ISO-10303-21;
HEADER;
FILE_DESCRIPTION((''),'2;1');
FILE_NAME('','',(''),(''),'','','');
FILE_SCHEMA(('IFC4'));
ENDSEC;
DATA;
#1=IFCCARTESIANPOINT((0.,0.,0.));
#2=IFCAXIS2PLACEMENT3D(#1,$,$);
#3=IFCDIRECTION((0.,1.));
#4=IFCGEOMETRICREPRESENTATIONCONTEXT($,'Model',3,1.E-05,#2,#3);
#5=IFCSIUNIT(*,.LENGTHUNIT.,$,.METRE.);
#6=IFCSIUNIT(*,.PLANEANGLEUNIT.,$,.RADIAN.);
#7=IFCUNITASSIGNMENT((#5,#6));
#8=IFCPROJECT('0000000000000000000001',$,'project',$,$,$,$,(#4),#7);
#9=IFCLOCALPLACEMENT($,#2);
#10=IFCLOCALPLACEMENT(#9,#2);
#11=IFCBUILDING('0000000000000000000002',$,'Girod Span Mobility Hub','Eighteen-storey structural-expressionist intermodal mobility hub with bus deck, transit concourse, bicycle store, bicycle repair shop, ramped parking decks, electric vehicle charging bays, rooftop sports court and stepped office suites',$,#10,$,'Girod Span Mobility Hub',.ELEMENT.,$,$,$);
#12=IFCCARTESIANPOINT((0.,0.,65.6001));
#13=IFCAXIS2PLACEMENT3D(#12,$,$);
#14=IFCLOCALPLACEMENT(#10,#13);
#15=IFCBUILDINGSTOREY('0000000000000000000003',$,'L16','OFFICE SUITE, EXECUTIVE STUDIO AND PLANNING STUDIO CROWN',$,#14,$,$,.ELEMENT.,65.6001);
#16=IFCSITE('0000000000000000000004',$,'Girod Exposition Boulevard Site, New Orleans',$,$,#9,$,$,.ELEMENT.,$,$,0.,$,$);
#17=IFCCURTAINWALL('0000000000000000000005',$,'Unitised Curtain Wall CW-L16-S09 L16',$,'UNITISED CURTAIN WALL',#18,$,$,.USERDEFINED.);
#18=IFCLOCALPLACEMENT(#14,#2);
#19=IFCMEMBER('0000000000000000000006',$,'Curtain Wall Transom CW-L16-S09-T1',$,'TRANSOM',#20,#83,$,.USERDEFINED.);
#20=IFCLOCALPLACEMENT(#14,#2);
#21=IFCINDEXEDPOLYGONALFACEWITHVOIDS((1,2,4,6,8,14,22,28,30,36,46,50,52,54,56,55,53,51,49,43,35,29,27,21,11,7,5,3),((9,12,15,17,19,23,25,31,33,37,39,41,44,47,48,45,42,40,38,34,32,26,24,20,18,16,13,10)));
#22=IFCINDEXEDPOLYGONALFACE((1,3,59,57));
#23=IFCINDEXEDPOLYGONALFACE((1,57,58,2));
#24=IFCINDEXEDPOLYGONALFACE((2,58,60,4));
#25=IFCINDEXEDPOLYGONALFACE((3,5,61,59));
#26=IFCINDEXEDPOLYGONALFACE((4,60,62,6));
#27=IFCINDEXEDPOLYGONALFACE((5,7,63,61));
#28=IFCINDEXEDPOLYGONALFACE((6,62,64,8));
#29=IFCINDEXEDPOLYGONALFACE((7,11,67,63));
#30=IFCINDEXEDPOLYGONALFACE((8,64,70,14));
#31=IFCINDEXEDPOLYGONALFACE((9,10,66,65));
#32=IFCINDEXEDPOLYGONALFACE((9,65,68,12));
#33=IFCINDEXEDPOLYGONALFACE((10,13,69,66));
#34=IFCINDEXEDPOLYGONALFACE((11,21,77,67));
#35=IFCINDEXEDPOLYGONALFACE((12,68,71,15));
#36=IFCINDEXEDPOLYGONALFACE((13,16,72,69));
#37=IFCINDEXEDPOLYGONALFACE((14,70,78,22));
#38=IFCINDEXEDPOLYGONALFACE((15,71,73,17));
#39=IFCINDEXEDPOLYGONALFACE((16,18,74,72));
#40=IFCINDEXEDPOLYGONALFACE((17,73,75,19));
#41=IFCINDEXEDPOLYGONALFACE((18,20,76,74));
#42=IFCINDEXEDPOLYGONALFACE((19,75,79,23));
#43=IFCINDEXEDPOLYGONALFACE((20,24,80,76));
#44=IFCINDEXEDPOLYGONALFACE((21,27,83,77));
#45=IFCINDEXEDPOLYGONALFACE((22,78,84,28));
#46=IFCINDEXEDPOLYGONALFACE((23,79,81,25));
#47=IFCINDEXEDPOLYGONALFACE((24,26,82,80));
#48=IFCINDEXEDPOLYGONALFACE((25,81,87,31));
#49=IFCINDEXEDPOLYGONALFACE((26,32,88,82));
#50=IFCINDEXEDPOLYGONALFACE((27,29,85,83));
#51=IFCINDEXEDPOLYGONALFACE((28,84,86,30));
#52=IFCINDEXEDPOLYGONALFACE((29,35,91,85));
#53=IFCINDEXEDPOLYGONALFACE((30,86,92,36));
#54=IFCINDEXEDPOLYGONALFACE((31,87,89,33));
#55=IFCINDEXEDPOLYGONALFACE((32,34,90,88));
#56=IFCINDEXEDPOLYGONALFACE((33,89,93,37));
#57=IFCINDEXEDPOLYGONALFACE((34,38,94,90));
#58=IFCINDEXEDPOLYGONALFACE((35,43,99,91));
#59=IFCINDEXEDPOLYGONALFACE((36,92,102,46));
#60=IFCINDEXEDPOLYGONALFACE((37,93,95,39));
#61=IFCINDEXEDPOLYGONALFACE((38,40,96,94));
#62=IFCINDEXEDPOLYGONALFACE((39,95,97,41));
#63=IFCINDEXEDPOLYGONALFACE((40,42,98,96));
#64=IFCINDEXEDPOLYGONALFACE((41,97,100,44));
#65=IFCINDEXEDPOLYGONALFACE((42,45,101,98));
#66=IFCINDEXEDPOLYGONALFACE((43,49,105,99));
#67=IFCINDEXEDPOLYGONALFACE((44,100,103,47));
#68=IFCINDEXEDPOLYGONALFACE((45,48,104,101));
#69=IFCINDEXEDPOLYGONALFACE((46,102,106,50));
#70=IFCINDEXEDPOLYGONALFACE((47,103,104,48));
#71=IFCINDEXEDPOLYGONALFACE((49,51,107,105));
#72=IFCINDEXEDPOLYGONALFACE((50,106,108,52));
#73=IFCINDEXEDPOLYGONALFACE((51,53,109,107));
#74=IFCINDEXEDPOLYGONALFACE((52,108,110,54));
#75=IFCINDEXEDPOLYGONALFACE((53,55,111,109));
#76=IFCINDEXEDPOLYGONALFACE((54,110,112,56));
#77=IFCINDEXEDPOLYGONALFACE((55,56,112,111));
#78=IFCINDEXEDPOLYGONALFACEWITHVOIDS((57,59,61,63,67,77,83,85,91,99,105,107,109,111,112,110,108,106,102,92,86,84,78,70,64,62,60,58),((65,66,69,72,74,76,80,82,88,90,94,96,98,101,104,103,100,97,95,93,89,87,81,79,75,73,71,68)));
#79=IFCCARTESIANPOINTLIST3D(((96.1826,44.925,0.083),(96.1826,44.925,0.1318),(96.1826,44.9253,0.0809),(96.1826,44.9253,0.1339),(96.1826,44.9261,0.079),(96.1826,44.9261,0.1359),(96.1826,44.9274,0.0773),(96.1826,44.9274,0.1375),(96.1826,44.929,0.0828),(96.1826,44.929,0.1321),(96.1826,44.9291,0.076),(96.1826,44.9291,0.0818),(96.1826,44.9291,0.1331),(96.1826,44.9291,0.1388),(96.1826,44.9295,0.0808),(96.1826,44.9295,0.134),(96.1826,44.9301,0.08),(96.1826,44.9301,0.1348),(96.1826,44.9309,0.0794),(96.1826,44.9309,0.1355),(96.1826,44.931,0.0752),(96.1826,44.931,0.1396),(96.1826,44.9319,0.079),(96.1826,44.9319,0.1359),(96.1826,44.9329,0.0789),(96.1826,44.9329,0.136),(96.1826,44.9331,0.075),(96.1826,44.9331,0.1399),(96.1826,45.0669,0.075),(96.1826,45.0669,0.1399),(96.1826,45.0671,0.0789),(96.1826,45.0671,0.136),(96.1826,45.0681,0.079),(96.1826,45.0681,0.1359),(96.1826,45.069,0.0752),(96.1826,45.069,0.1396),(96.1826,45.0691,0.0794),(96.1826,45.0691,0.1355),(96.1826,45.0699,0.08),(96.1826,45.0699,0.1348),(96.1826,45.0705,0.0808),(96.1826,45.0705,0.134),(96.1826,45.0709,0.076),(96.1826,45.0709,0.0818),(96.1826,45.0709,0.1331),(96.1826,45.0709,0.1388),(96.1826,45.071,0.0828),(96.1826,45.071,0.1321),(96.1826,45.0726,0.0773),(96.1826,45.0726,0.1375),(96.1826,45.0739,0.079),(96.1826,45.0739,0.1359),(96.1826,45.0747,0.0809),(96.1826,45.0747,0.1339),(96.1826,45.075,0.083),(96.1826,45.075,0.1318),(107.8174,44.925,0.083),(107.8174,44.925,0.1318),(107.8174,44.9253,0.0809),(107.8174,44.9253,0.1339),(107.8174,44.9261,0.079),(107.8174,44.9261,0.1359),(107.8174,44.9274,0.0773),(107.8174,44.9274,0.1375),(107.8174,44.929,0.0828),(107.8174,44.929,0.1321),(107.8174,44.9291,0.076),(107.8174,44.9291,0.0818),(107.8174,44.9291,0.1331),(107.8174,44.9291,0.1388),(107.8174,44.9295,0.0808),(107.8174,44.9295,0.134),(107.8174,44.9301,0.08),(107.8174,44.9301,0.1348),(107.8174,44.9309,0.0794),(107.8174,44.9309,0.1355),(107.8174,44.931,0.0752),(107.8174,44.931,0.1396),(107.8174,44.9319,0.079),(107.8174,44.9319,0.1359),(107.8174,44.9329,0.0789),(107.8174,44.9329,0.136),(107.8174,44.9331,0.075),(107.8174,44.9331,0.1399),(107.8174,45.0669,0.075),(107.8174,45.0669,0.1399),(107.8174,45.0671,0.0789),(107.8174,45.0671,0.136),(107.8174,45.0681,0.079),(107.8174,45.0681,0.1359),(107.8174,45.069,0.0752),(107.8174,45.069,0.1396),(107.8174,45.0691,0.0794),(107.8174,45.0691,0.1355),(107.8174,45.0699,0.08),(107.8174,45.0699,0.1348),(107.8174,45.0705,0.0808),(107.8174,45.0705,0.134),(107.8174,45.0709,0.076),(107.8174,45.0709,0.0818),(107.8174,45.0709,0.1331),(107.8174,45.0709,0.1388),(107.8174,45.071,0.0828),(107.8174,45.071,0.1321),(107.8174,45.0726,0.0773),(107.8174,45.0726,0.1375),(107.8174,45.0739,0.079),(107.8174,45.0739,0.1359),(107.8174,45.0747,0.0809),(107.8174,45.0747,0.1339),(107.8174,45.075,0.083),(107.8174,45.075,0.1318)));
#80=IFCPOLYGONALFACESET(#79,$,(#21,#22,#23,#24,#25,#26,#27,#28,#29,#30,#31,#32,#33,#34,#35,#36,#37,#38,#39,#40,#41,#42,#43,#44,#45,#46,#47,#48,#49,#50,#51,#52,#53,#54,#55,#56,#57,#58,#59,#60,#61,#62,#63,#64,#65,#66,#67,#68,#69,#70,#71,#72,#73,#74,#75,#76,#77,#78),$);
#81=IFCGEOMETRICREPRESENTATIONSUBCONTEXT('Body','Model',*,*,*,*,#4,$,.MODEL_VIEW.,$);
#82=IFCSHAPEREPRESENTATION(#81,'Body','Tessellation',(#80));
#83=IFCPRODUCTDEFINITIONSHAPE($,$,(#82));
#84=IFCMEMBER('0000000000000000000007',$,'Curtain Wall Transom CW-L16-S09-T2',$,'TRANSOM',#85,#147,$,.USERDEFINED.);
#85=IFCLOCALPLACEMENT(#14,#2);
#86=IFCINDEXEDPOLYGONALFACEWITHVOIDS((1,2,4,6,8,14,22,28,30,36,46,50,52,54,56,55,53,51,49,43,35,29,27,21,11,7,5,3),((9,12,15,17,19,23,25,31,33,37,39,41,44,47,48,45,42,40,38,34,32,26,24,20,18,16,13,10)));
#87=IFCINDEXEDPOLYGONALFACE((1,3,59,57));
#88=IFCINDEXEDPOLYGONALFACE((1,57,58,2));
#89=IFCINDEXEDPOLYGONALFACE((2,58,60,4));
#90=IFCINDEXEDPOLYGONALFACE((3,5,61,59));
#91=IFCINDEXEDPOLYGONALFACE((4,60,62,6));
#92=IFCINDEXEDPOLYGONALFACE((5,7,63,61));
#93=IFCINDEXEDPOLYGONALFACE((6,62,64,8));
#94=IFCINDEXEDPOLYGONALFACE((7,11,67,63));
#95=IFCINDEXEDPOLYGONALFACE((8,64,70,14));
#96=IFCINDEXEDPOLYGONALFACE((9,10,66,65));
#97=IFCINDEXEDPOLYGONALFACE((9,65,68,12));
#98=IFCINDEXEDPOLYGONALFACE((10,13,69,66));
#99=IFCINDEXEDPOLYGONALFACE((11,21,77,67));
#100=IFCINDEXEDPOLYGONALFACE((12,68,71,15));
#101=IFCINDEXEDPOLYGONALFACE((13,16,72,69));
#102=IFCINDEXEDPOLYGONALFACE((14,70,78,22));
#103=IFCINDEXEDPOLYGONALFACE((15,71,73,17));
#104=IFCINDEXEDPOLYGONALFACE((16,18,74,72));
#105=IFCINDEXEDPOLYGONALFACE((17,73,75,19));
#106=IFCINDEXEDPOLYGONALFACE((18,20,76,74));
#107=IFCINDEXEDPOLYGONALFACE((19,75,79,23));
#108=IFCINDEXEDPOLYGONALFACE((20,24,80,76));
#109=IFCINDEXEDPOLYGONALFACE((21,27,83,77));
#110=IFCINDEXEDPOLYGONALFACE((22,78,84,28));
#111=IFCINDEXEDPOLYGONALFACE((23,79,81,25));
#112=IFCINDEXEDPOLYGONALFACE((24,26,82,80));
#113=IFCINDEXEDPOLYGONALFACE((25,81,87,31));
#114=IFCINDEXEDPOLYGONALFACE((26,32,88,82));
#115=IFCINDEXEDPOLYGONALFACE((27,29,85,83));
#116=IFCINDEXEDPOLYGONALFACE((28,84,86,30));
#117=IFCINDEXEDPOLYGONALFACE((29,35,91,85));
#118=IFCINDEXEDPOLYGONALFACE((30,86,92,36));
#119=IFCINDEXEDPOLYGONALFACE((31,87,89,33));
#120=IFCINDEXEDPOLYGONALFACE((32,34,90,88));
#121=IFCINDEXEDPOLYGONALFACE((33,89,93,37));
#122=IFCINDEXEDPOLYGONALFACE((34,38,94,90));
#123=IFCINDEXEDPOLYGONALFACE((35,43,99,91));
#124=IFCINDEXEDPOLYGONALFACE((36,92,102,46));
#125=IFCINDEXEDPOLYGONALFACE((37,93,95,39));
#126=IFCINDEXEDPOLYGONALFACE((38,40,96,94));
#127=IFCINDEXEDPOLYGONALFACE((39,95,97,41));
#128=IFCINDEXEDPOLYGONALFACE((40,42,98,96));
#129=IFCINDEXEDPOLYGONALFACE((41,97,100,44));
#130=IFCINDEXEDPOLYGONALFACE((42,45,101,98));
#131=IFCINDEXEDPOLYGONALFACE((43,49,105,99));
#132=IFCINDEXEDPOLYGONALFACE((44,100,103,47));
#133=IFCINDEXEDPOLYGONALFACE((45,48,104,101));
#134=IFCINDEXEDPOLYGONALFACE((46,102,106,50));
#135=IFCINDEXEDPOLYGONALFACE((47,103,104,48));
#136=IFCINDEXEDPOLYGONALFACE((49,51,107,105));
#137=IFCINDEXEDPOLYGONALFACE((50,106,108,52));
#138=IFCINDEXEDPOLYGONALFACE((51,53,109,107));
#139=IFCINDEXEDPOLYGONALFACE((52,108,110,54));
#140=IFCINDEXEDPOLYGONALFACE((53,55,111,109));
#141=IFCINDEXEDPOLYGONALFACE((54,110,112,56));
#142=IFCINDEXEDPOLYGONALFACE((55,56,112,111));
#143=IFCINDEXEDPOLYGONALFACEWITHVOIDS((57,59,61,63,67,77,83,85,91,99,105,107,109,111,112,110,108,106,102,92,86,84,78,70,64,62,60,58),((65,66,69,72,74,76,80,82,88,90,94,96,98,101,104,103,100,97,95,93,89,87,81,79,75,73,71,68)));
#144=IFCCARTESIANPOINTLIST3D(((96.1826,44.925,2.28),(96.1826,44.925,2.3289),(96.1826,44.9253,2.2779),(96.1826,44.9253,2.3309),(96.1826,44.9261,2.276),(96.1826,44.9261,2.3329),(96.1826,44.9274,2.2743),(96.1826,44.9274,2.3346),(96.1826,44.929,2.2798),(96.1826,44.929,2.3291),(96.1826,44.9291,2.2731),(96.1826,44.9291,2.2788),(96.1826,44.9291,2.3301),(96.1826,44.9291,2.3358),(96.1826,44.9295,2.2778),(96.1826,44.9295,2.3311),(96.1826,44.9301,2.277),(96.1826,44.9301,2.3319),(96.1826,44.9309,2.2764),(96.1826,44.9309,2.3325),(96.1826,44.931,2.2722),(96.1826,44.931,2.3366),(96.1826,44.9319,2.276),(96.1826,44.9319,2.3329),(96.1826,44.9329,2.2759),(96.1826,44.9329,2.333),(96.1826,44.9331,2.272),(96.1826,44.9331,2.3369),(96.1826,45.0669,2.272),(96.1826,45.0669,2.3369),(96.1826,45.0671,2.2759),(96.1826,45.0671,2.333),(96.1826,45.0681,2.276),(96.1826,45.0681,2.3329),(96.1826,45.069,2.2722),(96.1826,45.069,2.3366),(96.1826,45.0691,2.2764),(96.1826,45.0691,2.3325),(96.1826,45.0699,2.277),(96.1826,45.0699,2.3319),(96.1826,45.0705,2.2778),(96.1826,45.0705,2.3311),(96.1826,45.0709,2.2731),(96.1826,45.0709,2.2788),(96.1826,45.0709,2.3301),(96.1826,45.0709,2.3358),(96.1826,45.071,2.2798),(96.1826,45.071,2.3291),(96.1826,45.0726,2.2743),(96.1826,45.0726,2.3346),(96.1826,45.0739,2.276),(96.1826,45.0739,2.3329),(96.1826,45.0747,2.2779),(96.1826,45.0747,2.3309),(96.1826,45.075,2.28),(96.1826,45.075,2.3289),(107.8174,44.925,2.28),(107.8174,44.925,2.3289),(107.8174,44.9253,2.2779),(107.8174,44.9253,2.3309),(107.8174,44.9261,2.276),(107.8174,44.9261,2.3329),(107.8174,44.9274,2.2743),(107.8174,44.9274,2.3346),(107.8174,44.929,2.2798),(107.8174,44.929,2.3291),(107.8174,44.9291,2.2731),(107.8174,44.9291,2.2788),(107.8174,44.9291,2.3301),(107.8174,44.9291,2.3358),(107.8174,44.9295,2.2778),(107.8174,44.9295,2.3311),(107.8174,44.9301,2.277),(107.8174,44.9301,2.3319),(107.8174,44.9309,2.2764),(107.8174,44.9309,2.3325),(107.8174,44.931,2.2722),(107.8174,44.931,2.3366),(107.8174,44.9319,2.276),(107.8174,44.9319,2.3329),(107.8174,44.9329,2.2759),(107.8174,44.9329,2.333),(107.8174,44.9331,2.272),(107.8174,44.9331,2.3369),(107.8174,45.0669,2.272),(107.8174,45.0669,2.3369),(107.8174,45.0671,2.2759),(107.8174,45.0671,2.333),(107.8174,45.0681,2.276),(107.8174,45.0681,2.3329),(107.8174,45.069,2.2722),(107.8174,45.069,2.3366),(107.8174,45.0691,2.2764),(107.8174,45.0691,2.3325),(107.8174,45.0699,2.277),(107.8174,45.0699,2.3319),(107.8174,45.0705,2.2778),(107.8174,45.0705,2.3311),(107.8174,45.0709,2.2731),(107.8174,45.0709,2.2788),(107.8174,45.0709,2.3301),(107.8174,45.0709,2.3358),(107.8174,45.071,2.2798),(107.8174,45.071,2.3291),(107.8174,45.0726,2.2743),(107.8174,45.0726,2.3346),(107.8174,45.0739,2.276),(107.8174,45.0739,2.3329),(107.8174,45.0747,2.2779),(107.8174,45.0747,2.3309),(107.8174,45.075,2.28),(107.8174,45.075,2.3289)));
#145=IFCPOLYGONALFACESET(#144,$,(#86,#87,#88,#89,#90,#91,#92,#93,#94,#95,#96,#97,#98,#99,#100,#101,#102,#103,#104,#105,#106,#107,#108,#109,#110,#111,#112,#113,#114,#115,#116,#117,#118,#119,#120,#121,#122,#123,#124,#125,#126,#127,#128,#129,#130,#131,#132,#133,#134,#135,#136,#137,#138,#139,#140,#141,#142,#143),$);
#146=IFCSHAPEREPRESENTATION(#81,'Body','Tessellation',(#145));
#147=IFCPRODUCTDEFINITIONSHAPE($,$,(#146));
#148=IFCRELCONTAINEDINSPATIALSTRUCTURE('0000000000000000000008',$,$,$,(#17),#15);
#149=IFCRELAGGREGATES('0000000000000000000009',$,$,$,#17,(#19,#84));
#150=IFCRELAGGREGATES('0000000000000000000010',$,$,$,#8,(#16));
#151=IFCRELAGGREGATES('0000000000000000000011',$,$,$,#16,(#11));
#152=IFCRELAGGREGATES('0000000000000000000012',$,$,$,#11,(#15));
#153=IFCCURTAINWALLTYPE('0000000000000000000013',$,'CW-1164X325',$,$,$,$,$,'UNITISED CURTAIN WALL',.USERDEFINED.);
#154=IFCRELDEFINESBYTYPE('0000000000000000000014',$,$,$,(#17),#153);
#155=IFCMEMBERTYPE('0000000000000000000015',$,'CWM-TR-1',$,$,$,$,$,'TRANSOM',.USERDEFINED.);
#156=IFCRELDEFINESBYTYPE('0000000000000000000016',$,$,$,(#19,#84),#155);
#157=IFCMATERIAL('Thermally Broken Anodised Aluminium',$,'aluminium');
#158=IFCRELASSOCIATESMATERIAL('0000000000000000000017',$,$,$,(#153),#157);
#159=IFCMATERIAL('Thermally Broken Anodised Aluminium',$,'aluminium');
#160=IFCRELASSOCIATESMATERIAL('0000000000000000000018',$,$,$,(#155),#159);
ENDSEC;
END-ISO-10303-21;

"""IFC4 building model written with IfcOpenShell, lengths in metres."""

from ifc_helpers import new_model, si_unit, direction, frame, origin, origin_2d, place, context, subcontext, project, spatial, hollow_rectangle, extrude, material, material_profile, profile_set, type_object, element, aggregate, save


model = new_model("IFC4")

# Units and contexts
model_context = context("Model", 3, precision=1e-05, world=origin(), true_north=direction((0.0, 1.0)))
body_context = subcontext(model_context, "Body", "Model", "MODEL_VIEW")
ifc_project = project(units=[si_unit("LENGTHUNIT", "METRE"), si_unit("PLANEANGLEUNIT", "RADIAN")], contexts=[model_context])

# Site, building, storey
site_placement = place(None, origin())
site = spatial("IfcSite", under=ifc_project, at=site_placement, Name="Girod Exposition Boulevard Site, New Orleans", CompositionType="ELEMENT", RefElevation=0.0)
building_placement = place(site_placement, origin())
building = spatial("IfcBuilding", under=site, at=building_placement, Name="Girod Span Mobility Hub", Description="Eighteen-storey structural-expressionist intermodal mobility hub with bus deck, transit concourse, bicycle store, bicycle repair shop, ramped parking decks, electric vehicle charging bays, rooftop sports court and stepped office suites", LongName="Girod Span Mobility Hub", CompositionType="ELEMENT")
storey_placement = place(building_placement, frame((0.0, 0.0, 65.6001)))
storey = spatial("IfcBuildingStorey", under=building, at=storey_placement, Name="L16", Description="OFFICE SUITE, EXECUTIVE STUDIO AND PLANNING STUDIO CROWN", CompositionType="ELEMENT", Elevation=65.6001)

# Shared definitions
ifc_material_1 = material(Name="Thermally Broken Anodised Aluminium", Category="aluminium")
curtain_wall_type = type_object("IfcCurtainWallType", Name="CW-1164X325", ElementType="UNITISED CURTAIN WALL", PredefinedType="USERDEFINED", material=ifc_material_1)

# Curtain wall, members
ifc_material_2 = material(Name="Thermally Broken Anodised Aluminium", Category="aluminium")
ifc_material_profile_1 = material_profile(ifc_material_2, hollow_rectangle(XDim=0.1499, YDim=0.0649, WallThickness=0.0039, InnerFilletRadius=0.0039, OuterFilletRadius=0.0081, at=origin_2d()), Name="CW-TR-65X150")
ifc_profile_set_1 = profile_set([ifc_material_profile_1], Name="Thermally Broken Anodised Aluminium")
member_type_1 = type_object("IfcMemberType", Name="CWM-TR-1", ElementType="TRANSOM", PredefinedType="USERDEFINED", material=ifc_profile_set_1)
curtain_wall_1_placement = place(storey_placement, origin())
curtain_wall_1 = element("IfcCurtainWall", 1, at=curtain_wall_1_placement, inside=storey, type_object=curtain_wall_type, Name="Unitised Curtain Wall CW-L16-S09 L16", ObjectType="UNITISED CURTAIN WALL", PredefinedType="USERDEFINED")
member_1_placement = place(storey_placement, frame((96.1826, 45.0, 0.1074), z_axis=(1.0, 0.0, 0.0), x_axis=(0.0, 1.0, 0.0)))
member_1 = element("IfcMember", 2, at=member_1_placement, type_object=member_type_1, Name="Curtain Wall Transom CW-L16-S09-T1", ObjectType="TRANSOM", PredefinedType="USERDEFINED", context=body_context, shape_type="SweptSolid", body=[
    extrude(hollow_rectangle(XDim=0.1499, YDim=0.0649, WallThickness=0.0039, InnerFilletRadius=0.0039, OuterFilletRadius=0.0081, at=origin_2d()), origin(), (0.0, 0.0, 1.0), 11.6348),
])
member_2_placement = place(storey_placement, frame((96.1826, 45.0, 2.3044), z_axis=(1.0, 0.0, 0.0), x_axis=(0.0, 1.0, 0.0)))
member_2 = element("IfcMember", 3, at=member_2_placement, type_object=member_type_1, Name="Curtain Wall Transom CW-L16-S09-T2", ObjectType="TRANSOM", PredefinedType="USERDEFINED", context=body_context, shape_type="SweptSolid", body=[
    extrude(hollow_rectangle(XDim=0.1499, YDim=0.0649, WallThickness=0.0039, InnerFilletRadius=0.0039, OuterFilletRadius=0.0081, at=origin_2d()), origin(), (0.0, 0.0, 1.0), 11.6348),
])
aggregate(curtain_wall_1, [member_1, member_2])

save(model, "model.ifc")
